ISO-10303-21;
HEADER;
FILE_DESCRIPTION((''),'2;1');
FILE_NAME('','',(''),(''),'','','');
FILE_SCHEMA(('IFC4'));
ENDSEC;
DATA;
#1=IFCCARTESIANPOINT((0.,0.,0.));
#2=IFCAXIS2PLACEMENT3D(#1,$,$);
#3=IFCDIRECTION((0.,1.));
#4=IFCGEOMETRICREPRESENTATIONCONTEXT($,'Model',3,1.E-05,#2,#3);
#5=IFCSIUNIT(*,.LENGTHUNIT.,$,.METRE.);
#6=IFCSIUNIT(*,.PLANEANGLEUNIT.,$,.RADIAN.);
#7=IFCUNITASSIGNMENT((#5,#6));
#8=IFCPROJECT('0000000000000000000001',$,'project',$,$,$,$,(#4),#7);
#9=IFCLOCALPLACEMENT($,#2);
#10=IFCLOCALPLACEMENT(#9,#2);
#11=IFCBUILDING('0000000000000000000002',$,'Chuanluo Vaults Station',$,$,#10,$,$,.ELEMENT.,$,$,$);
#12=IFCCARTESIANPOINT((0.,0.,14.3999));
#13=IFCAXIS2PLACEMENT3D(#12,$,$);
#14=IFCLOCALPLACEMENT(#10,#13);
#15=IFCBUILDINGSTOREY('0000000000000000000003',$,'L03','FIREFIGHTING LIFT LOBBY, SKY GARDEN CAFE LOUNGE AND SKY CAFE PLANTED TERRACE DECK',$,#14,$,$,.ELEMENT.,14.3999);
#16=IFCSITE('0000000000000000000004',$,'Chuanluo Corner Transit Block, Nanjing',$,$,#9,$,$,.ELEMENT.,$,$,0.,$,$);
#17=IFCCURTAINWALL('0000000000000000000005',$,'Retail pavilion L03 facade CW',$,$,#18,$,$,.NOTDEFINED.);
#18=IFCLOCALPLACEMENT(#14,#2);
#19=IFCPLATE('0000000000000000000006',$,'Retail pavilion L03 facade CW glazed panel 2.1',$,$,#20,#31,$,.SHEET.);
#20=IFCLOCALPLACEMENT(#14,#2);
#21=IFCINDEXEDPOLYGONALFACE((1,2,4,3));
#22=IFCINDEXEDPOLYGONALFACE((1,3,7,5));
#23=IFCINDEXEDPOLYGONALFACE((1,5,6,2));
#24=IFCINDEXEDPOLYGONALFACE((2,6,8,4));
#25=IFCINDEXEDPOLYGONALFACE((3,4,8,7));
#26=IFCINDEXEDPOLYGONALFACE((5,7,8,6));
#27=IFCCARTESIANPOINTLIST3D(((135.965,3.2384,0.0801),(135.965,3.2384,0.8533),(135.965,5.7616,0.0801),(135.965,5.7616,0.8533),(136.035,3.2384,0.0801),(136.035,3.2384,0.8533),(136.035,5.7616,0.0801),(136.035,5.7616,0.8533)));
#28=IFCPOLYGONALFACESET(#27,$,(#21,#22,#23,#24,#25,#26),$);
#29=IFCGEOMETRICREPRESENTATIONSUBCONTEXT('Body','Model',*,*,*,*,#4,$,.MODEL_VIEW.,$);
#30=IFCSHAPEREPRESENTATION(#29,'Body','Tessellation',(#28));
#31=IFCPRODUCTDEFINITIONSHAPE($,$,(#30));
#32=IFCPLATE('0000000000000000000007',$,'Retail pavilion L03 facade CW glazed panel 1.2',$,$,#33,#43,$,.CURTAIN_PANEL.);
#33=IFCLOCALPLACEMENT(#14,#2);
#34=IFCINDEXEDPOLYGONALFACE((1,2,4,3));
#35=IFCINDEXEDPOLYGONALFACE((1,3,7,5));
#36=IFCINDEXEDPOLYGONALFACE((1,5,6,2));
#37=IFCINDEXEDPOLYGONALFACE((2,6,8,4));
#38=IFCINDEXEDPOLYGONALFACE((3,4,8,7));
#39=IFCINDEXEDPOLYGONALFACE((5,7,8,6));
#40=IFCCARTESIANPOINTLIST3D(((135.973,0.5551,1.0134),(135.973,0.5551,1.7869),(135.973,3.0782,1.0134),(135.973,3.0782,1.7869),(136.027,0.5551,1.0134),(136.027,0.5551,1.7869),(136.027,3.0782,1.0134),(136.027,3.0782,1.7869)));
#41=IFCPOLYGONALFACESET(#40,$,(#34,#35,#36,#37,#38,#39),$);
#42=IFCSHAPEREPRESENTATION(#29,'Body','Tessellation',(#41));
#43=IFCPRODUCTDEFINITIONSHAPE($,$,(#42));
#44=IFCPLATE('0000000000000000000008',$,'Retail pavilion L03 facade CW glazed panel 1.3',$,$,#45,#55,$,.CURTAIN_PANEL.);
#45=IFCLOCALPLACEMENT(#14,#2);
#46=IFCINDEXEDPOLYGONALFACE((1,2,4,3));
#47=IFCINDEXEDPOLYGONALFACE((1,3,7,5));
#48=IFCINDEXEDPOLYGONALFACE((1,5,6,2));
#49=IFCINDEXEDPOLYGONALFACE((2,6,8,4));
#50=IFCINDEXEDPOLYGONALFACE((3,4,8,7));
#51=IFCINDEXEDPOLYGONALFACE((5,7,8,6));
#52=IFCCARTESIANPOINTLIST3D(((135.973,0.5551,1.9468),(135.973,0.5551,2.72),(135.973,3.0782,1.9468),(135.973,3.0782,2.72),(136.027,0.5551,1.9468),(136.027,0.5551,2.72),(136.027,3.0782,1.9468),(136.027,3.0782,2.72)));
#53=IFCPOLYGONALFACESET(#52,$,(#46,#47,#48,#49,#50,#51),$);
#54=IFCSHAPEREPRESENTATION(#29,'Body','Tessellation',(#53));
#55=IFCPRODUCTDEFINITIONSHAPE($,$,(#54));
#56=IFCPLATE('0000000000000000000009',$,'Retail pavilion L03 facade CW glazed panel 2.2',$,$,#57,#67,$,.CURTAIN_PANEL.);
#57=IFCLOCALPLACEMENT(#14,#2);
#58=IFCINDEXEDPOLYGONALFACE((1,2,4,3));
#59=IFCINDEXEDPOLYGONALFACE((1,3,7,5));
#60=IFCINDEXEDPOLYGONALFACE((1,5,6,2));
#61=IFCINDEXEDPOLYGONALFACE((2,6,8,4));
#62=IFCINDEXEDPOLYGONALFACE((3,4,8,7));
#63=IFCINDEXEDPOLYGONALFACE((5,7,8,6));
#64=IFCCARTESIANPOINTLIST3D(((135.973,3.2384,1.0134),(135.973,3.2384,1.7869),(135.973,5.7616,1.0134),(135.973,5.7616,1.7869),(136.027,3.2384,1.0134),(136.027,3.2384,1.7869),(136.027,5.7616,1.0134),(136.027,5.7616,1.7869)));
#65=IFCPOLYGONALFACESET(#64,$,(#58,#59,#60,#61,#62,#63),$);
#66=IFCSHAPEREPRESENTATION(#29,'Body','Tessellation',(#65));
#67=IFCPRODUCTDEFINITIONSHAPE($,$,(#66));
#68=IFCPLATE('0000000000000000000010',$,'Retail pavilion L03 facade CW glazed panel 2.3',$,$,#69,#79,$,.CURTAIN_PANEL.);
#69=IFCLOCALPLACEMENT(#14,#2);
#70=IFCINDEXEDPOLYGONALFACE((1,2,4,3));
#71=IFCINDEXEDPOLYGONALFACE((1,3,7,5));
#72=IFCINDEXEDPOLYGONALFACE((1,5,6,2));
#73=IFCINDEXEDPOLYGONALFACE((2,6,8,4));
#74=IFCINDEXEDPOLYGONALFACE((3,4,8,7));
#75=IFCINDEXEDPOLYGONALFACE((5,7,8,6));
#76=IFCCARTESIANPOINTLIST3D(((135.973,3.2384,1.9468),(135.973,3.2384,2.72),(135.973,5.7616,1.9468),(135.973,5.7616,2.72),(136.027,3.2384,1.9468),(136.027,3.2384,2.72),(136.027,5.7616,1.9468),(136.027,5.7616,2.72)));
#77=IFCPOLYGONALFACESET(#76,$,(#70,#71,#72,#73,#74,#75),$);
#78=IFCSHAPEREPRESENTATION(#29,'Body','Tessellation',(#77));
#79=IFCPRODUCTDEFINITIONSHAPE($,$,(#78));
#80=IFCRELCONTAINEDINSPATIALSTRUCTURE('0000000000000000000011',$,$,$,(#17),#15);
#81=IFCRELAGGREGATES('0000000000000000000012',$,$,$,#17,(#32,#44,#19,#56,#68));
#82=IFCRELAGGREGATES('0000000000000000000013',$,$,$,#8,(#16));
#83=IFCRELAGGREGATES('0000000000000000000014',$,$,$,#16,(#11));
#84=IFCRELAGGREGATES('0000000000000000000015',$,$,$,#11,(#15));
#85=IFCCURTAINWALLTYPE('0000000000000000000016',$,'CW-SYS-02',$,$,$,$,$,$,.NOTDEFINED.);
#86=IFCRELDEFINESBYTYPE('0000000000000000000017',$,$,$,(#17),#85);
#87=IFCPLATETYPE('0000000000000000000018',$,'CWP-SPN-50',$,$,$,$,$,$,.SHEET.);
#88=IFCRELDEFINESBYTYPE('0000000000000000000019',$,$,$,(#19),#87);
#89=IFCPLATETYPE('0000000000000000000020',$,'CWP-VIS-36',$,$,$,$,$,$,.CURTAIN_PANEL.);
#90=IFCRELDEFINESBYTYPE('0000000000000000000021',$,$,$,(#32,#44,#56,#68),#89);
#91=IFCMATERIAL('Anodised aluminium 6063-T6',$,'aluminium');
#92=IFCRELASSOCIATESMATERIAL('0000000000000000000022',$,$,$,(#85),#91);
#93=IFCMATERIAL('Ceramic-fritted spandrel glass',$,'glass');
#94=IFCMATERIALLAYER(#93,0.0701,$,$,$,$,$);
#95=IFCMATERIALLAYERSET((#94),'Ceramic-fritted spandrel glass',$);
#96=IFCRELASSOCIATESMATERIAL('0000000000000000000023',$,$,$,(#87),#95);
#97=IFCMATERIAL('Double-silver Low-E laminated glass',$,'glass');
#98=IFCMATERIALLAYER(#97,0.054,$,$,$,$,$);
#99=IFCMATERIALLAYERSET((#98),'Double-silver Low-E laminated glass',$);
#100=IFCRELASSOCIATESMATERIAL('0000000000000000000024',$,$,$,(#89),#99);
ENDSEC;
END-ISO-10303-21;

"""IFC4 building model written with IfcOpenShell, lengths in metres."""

from ifc_helpers import new_model, si_unit, direction, frame, origin, origin_2d, place, context, subcontext, project, spatial, rectangle, extrude, material, layer, layer_set, type_object, element, aggregate, save


model = new_model("IFC4")

# Units and contexts
model_context = context("Model", 3, precision=1e-05, world=origin(), true_north=direction((0.0, 1.0)))
body_context = subcontext(model_context, "Body", "Model", "MODEL_VIEW")
ifc_project = project(units=[si_unit("LENGTHUNIT", "METRE"), si_unit("PLANEANGLEUNIT", "RADIAN")], contexts=[model_context])

# Site, building, storey
site_placement = place(None, origin())
site = spatial("IfcSite", under=ifc_project, at=site_placement, Name="Chuanluo Corner Transit Block, Nanjing", CompositionType="ELEMENT", RefElevation=0.0)
building_placement = place(site_placement, origin())
building = spatial("IfcBuilding", under=site, at=building_placement, Name="Chuanluo Vaults Station", CompositionType="ELEMENT")
storey_placement = place(building_placement, frame((0.0, 0.0, 14.3999)))
storey = spatial("IfcBuildingStorey", under=building, at=storey_placement, Name="L03", Description="FIREFIGHTING LIFT LOBBY, SKY GARDEN CAFE LOUNGE AND SKY CAFE PLANTED TERRACE DECK", CompositionType="ELEMENT", Elevation=14.3999)

# Curtain wall, plates
ifc_material_1 = material(Name="Anodised aluminium 6063-T6", Category="aluminium")
curtain_wall_type = type_object("IfcCurtainWallType", Name="CW-SYS-02", PredefinedType="NOTDEFINED", material=ifc_material_1)
curtain_wall_placement = place(storey_placement, origin())
curtain_wall = element("IfcCurtainWall", 1, at=curtain_wall_placement, inside=storey, type_object=curtain_wall_type, Name="Retail pavilion L03 facade CW", PredefinedType="NOTDEFINED")
ifc_material_2 = material(Name="Ceramic-fritted spandrel glass", Category="glass")
ifc_layer_1 = layer(ifc_material_2, 0.0701)
ifc_layer_set_1 = layer_set([ifc_layer_1], Name="Ceramic-fritted spandrel glass")
plate_type_1 = type_object("IfcPlateType", Name="CWP-SPN-50", PredefinedType="SHEET", material=ifc_layer_set_1)
plate_1_placement = place(storey_placement, frame((136.0, 4.5, 0.0801), z_axis=(0.0, 0.0, 1.0), x_axis=(0.0, 1.0, 0.0)))
plate_1 = element("IfcPlate", 2, at=plate_1_placement, type_object=plate_type_1, Name="Retail pavilion L03 facade CW glazed panel 2.1", PredefinedType="SHEET", context=body_context, shape_type="SweptSolid", body=[
    extrude(rectangle(XDim=2.5232, YDim=0.0701, at=origin_2d()), origin(), (0.0, 0.0, 1.0), 0.7732),
])
ifc_material_3 = material(Name="Double-silver Low-E laminated glass", Category="glass")
ifc_layer_2 = layer(ifc_material_3, 0.054)
ifc_layer_set_2 = layer_set([ifc_layer_2], Name="Double-silver Low-E laminated glass")
plate_type_2 = type_object("IfcPlateType", Name="CWP-VIS-36", PredefinedType="CURTAIN_PANEL", material=ifc_layer_set_2)
plate_2_placement = place(storey_placement, frame((136.0, 1.8167, 1.0134), z_axis=(0.0, 0.0, 1.0), x_axis=(0.0, 1.0, 0.0)))
plate_2 = element("IfcPlate", 3, at=plate_2_placement, type_object=plate_type_2, Name="Retail pavilion L03 facade CW glazed panel 1.2", PredefinedType="CURTAIN_PANEL", context=body_context, shape_type="SweptSolid", body=[
    extrude(rectangle(XDim=2.5232, YDim=0.054, at=origin_2d()), origin(), (0.0, 0.0, 1.0), 0.7734),
])
plate_3_placement = place(storey_placement, frame((136.0, 1.8167, 1.9468), z_axis=(0.0, 0.0, 1.0), x_axis=(0.0, 1.0, 0.0)))
plate_3 = element("IfcPlate", 4, at=plate_3_placement, type_object=plate_type_2, Name="Retail pavilion L03 facade CW glazed panel 1.3", PredefinedType="CURTAIN_PANEL", context=body_context, shape_type="SweptSolid", body=[
    extrude(rectangle(XDim=2.5232, YDim=0.054, at=origin_2d()), origin(), (0.0, 0.0, 1.0), 0.7732),
])
plate_4_placement = place(storey_placement, frame((136.0, 4.5, 1.0134), z_axis=(0.0, 0.0, 1.0), x_axis=(0.0, 1.0, 0.0)))
plate_4 = element("IfcPlate", 5, at=plate_4_placement, type_object=plate_type_2, Name="Retail pavilion L03 facade CW glazed panel 2.2", PredefinedType="CURTAIN_PANEL", context=body_context, shape_type="SweptSolid", body=[
    extrude(rectangle(XDim=2.5232, YDim=0.054, at=origin_2d()), origin(), (0.0, 0.0, 1.0), 0.7734),
])
plate_5_placement = place(storey_placement, frame((136.0, 4.5, 1.9468), z_axis=(0.0, 0.0, 1.0), x_axis=(0.0, 1.0, 0.0)))
plate_5 = element("IfcPlate", 6, at=plate_5_placement, type_object=plate_type_2, Name="Retail pavilion L03 facade CW glazed panel 2.3", PredefinedType="CURTAIN_PANEL", context=body_context, shape_type="SweptSolid", body=[
    extrude(rectangle(XDim=2.5232, YDim=0.054, at=origin_2d()), origin(), (0.0, 0.0, 1.0), 0.7732),
])
aggregate(curtain_wall, [plate_2, plate_3, plate_1, plate_4, plate_5])

save(model, "model.ifc")
